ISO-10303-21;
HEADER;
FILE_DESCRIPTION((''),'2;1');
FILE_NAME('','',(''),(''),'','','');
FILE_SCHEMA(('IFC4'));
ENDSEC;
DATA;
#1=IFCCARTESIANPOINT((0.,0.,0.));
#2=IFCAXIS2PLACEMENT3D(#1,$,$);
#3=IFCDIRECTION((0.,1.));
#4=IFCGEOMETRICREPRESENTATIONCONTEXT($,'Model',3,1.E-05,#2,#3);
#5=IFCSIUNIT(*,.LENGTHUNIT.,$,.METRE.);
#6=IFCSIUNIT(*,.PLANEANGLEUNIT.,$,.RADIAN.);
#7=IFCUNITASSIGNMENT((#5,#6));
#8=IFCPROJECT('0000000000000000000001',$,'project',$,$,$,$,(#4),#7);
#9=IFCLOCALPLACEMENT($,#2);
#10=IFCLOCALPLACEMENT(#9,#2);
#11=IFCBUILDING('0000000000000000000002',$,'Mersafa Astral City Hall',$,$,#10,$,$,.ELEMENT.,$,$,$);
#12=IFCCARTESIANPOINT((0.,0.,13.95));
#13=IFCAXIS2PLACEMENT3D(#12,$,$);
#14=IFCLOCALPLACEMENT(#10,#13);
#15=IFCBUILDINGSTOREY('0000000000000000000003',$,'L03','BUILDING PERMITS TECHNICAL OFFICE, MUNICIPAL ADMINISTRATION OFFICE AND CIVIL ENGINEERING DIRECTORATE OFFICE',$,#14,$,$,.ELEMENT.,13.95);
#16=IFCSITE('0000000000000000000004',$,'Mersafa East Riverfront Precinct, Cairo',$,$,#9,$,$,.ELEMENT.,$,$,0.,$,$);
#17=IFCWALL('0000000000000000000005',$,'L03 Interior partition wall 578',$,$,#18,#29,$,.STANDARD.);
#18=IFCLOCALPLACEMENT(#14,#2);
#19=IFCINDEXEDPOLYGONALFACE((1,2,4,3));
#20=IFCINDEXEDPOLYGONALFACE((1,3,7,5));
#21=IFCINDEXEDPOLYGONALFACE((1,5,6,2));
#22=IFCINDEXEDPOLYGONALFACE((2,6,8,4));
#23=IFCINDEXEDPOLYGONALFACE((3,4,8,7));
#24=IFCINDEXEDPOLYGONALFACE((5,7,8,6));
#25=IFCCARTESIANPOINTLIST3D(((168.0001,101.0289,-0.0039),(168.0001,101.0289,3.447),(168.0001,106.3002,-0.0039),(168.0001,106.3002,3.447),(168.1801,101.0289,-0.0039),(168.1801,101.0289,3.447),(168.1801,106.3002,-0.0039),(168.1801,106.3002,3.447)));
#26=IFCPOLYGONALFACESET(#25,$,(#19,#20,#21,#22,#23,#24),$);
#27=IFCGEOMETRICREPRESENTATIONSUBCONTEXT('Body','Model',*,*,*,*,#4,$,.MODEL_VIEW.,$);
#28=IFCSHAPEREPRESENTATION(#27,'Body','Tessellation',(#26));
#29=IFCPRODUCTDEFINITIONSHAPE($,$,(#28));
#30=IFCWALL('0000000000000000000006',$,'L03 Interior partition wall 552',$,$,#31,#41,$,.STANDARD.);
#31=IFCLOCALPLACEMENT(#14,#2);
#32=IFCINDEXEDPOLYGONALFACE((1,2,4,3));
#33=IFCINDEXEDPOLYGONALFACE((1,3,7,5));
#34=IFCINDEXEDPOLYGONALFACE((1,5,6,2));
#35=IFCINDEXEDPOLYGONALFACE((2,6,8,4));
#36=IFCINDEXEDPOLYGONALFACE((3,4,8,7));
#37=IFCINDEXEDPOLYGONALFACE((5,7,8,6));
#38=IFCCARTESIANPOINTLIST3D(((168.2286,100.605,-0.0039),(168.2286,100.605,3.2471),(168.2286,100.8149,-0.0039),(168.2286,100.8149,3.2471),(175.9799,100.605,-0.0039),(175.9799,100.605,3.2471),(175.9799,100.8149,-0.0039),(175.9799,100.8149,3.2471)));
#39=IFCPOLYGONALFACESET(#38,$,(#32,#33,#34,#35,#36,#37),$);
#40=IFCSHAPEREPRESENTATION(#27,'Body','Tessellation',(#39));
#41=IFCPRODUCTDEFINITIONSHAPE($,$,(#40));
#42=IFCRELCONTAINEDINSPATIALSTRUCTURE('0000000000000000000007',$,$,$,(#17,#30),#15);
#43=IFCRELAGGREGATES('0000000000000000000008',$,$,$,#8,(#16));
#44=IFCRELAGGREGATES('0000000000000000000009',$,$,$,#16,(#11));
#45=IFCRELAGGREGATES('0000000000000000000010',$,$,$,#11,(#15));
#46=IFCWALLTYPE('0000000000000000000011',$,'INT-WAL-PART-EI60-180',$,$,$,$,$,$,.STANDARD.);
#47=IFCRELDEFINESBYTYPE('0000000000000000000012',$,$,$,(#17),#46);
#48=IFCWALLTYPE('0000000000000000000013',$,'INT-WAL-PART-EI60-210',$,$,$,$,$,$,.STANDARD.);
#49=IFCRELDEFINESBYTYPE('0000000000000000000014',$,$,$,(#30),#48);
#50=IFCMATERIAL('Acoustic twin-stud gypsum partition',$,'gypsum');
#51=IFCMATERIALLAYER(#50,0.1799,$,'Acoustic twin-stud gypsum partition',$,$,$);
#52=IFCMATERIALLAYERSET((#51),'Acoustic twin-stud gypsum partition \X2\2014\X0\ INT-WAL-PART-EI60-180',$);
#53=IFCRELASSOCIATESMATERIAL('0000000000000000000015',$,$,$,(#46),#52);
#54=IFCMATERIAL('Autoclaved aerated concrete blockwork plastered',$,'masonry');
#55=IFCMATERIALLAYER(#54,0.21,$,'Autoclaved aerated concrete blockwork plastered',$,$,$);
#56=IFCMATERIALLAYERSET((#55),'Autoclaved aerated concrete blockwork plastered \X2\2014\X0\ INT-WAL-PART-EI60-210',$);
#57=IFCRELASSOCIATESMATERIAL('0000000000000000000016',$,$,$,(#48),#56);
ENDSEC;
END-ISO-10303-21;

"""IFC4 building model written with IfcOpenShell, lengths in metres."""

from ifc_helpers import new_model, si_unit, direction, frame, frame_2d, origin, place, context, subcontext, project, spatial, rectangle, extrude, material, layer, layer_set, type_object, element, save


model = new_model("IFC4")

# Units and contexts
model_context = context("Model", 3, precision=1e-05, world=origin(), true_north=direction((0.0, 1.0)))
body_context = subcontext(model_context, "Body", "Model", "MODEL_VIEW")
ifc_project = project(units=[si_unit("LENGTHUNIT", "METRE"), si_unit("PLANEANGLEUNIT", "RADIAN")], contexts=[model_context])

# Site, building, storey
site_placement = place(None, origin())
site = spatial("IfcSite", under=ifc_project, at=site_placement, Name="Mersafa East Riverfront Precinct, Cairo", CompositionType="ELEMENT", RefElevation=0.0)
building_placement = place(site_placement, origin())
building = spatial("IfcBuilding", under=site, at=building_placement, Name="Mersafa Astral City Hall", CompositionType="ELEMENT")
storey_placement = place(building_placement, frame((0.0, 0.0, 13.95)))
storey = spatial("IfcBuildingStorey", under=building, at=storey_placement, Name="L03", Description="BUILDING PERMITS TECHNICAL OFFICE, MUNICIPAL ADMINISTRATION OFFICE AND CIVIL ENGINEERING DIRECTORATE OFFICE", CompositionType="ELEMENT", Elevation=13.95)

# Walls
ifc_material_1 = material(Name="Acoustic twin-stud gypsum partition", Category="gypsum")
ifc_layer_1 = layer(ifc_material_1, 0.1799, Name="Acoustic twin-stud gypsum partition")
ifc_layer_set_1 = layer_set([ifc_layer_1], Name="Acoustic twin-stud gypsum partition — INT-WAL-PART-EI60-180")
wall_type_1 = type_object("IfcWallType", Name="INT-WAL-PART-EI60-180", PredefinedType="STANDARD", material=ifc_layer_set_1)
wall_1_placement = place(storey_placement, frame((168.0901, 101.0288, -0.0039), z_axis=(0.0, 0.0, 1.0), x_axis=(0.0, 1.0, 0.0)))
element("IfcWall", 1, at=wall_1_placement, inside=storey, type_object=wall_type_1, Name="L03 Interior partition wall 578", PredefinedType="STANDARD", context=body_context, shape_type="SweptSolid", body=[
    extrude(rectangle(XDim=5.2712, YDim=0.1799, at=frame_2d((2.6357, 0.0))), origin(), (0.0, 0.0, 1.0), 3.4509),
])
ifc_material_2 = material(Name="Autoclaved aerated concrete blockwork plastered", Category="masonry")
ifc_layer_2 = layer(ifc_material_2, 0.21, Name="Autoclaved aerated concrete blockwork plastered")
ifc_layer_set_2 = layer_set([ifc_layer_2], Name="Autoclaved aerated concrete blockwork plastered — INT-WAL-PART-EI60-210")
wall_type_2 = type_object("IfcWallType", Name="INT-WAL-PART-EI60-210", PredefinedType="STANDARD", material=ifc_layer_set_2)
wall_2_placement = place(storey_placement, frame((168.2288, 100.71, -0.0039), z_axis=(0.0, 0.0, 1.0), x_axis=(1.0, 0.0, 0.0)))
element("IfcWall", 2, at=wall_2_placement, inside=storey, type_object=wall_type_2, Name="L03 Interior partition wall 552", PredefinedType="STANDARD", context=body_context, shape_type="SweptSolid", body=[
    extrude(rectangle(XDim=7.7512, YDim=0.21, at=frame_2d((3.8755, 0.0))), origin(), (0.0, 0.0, 1.0), 3.251),
])

save(model, "model.ifc")
